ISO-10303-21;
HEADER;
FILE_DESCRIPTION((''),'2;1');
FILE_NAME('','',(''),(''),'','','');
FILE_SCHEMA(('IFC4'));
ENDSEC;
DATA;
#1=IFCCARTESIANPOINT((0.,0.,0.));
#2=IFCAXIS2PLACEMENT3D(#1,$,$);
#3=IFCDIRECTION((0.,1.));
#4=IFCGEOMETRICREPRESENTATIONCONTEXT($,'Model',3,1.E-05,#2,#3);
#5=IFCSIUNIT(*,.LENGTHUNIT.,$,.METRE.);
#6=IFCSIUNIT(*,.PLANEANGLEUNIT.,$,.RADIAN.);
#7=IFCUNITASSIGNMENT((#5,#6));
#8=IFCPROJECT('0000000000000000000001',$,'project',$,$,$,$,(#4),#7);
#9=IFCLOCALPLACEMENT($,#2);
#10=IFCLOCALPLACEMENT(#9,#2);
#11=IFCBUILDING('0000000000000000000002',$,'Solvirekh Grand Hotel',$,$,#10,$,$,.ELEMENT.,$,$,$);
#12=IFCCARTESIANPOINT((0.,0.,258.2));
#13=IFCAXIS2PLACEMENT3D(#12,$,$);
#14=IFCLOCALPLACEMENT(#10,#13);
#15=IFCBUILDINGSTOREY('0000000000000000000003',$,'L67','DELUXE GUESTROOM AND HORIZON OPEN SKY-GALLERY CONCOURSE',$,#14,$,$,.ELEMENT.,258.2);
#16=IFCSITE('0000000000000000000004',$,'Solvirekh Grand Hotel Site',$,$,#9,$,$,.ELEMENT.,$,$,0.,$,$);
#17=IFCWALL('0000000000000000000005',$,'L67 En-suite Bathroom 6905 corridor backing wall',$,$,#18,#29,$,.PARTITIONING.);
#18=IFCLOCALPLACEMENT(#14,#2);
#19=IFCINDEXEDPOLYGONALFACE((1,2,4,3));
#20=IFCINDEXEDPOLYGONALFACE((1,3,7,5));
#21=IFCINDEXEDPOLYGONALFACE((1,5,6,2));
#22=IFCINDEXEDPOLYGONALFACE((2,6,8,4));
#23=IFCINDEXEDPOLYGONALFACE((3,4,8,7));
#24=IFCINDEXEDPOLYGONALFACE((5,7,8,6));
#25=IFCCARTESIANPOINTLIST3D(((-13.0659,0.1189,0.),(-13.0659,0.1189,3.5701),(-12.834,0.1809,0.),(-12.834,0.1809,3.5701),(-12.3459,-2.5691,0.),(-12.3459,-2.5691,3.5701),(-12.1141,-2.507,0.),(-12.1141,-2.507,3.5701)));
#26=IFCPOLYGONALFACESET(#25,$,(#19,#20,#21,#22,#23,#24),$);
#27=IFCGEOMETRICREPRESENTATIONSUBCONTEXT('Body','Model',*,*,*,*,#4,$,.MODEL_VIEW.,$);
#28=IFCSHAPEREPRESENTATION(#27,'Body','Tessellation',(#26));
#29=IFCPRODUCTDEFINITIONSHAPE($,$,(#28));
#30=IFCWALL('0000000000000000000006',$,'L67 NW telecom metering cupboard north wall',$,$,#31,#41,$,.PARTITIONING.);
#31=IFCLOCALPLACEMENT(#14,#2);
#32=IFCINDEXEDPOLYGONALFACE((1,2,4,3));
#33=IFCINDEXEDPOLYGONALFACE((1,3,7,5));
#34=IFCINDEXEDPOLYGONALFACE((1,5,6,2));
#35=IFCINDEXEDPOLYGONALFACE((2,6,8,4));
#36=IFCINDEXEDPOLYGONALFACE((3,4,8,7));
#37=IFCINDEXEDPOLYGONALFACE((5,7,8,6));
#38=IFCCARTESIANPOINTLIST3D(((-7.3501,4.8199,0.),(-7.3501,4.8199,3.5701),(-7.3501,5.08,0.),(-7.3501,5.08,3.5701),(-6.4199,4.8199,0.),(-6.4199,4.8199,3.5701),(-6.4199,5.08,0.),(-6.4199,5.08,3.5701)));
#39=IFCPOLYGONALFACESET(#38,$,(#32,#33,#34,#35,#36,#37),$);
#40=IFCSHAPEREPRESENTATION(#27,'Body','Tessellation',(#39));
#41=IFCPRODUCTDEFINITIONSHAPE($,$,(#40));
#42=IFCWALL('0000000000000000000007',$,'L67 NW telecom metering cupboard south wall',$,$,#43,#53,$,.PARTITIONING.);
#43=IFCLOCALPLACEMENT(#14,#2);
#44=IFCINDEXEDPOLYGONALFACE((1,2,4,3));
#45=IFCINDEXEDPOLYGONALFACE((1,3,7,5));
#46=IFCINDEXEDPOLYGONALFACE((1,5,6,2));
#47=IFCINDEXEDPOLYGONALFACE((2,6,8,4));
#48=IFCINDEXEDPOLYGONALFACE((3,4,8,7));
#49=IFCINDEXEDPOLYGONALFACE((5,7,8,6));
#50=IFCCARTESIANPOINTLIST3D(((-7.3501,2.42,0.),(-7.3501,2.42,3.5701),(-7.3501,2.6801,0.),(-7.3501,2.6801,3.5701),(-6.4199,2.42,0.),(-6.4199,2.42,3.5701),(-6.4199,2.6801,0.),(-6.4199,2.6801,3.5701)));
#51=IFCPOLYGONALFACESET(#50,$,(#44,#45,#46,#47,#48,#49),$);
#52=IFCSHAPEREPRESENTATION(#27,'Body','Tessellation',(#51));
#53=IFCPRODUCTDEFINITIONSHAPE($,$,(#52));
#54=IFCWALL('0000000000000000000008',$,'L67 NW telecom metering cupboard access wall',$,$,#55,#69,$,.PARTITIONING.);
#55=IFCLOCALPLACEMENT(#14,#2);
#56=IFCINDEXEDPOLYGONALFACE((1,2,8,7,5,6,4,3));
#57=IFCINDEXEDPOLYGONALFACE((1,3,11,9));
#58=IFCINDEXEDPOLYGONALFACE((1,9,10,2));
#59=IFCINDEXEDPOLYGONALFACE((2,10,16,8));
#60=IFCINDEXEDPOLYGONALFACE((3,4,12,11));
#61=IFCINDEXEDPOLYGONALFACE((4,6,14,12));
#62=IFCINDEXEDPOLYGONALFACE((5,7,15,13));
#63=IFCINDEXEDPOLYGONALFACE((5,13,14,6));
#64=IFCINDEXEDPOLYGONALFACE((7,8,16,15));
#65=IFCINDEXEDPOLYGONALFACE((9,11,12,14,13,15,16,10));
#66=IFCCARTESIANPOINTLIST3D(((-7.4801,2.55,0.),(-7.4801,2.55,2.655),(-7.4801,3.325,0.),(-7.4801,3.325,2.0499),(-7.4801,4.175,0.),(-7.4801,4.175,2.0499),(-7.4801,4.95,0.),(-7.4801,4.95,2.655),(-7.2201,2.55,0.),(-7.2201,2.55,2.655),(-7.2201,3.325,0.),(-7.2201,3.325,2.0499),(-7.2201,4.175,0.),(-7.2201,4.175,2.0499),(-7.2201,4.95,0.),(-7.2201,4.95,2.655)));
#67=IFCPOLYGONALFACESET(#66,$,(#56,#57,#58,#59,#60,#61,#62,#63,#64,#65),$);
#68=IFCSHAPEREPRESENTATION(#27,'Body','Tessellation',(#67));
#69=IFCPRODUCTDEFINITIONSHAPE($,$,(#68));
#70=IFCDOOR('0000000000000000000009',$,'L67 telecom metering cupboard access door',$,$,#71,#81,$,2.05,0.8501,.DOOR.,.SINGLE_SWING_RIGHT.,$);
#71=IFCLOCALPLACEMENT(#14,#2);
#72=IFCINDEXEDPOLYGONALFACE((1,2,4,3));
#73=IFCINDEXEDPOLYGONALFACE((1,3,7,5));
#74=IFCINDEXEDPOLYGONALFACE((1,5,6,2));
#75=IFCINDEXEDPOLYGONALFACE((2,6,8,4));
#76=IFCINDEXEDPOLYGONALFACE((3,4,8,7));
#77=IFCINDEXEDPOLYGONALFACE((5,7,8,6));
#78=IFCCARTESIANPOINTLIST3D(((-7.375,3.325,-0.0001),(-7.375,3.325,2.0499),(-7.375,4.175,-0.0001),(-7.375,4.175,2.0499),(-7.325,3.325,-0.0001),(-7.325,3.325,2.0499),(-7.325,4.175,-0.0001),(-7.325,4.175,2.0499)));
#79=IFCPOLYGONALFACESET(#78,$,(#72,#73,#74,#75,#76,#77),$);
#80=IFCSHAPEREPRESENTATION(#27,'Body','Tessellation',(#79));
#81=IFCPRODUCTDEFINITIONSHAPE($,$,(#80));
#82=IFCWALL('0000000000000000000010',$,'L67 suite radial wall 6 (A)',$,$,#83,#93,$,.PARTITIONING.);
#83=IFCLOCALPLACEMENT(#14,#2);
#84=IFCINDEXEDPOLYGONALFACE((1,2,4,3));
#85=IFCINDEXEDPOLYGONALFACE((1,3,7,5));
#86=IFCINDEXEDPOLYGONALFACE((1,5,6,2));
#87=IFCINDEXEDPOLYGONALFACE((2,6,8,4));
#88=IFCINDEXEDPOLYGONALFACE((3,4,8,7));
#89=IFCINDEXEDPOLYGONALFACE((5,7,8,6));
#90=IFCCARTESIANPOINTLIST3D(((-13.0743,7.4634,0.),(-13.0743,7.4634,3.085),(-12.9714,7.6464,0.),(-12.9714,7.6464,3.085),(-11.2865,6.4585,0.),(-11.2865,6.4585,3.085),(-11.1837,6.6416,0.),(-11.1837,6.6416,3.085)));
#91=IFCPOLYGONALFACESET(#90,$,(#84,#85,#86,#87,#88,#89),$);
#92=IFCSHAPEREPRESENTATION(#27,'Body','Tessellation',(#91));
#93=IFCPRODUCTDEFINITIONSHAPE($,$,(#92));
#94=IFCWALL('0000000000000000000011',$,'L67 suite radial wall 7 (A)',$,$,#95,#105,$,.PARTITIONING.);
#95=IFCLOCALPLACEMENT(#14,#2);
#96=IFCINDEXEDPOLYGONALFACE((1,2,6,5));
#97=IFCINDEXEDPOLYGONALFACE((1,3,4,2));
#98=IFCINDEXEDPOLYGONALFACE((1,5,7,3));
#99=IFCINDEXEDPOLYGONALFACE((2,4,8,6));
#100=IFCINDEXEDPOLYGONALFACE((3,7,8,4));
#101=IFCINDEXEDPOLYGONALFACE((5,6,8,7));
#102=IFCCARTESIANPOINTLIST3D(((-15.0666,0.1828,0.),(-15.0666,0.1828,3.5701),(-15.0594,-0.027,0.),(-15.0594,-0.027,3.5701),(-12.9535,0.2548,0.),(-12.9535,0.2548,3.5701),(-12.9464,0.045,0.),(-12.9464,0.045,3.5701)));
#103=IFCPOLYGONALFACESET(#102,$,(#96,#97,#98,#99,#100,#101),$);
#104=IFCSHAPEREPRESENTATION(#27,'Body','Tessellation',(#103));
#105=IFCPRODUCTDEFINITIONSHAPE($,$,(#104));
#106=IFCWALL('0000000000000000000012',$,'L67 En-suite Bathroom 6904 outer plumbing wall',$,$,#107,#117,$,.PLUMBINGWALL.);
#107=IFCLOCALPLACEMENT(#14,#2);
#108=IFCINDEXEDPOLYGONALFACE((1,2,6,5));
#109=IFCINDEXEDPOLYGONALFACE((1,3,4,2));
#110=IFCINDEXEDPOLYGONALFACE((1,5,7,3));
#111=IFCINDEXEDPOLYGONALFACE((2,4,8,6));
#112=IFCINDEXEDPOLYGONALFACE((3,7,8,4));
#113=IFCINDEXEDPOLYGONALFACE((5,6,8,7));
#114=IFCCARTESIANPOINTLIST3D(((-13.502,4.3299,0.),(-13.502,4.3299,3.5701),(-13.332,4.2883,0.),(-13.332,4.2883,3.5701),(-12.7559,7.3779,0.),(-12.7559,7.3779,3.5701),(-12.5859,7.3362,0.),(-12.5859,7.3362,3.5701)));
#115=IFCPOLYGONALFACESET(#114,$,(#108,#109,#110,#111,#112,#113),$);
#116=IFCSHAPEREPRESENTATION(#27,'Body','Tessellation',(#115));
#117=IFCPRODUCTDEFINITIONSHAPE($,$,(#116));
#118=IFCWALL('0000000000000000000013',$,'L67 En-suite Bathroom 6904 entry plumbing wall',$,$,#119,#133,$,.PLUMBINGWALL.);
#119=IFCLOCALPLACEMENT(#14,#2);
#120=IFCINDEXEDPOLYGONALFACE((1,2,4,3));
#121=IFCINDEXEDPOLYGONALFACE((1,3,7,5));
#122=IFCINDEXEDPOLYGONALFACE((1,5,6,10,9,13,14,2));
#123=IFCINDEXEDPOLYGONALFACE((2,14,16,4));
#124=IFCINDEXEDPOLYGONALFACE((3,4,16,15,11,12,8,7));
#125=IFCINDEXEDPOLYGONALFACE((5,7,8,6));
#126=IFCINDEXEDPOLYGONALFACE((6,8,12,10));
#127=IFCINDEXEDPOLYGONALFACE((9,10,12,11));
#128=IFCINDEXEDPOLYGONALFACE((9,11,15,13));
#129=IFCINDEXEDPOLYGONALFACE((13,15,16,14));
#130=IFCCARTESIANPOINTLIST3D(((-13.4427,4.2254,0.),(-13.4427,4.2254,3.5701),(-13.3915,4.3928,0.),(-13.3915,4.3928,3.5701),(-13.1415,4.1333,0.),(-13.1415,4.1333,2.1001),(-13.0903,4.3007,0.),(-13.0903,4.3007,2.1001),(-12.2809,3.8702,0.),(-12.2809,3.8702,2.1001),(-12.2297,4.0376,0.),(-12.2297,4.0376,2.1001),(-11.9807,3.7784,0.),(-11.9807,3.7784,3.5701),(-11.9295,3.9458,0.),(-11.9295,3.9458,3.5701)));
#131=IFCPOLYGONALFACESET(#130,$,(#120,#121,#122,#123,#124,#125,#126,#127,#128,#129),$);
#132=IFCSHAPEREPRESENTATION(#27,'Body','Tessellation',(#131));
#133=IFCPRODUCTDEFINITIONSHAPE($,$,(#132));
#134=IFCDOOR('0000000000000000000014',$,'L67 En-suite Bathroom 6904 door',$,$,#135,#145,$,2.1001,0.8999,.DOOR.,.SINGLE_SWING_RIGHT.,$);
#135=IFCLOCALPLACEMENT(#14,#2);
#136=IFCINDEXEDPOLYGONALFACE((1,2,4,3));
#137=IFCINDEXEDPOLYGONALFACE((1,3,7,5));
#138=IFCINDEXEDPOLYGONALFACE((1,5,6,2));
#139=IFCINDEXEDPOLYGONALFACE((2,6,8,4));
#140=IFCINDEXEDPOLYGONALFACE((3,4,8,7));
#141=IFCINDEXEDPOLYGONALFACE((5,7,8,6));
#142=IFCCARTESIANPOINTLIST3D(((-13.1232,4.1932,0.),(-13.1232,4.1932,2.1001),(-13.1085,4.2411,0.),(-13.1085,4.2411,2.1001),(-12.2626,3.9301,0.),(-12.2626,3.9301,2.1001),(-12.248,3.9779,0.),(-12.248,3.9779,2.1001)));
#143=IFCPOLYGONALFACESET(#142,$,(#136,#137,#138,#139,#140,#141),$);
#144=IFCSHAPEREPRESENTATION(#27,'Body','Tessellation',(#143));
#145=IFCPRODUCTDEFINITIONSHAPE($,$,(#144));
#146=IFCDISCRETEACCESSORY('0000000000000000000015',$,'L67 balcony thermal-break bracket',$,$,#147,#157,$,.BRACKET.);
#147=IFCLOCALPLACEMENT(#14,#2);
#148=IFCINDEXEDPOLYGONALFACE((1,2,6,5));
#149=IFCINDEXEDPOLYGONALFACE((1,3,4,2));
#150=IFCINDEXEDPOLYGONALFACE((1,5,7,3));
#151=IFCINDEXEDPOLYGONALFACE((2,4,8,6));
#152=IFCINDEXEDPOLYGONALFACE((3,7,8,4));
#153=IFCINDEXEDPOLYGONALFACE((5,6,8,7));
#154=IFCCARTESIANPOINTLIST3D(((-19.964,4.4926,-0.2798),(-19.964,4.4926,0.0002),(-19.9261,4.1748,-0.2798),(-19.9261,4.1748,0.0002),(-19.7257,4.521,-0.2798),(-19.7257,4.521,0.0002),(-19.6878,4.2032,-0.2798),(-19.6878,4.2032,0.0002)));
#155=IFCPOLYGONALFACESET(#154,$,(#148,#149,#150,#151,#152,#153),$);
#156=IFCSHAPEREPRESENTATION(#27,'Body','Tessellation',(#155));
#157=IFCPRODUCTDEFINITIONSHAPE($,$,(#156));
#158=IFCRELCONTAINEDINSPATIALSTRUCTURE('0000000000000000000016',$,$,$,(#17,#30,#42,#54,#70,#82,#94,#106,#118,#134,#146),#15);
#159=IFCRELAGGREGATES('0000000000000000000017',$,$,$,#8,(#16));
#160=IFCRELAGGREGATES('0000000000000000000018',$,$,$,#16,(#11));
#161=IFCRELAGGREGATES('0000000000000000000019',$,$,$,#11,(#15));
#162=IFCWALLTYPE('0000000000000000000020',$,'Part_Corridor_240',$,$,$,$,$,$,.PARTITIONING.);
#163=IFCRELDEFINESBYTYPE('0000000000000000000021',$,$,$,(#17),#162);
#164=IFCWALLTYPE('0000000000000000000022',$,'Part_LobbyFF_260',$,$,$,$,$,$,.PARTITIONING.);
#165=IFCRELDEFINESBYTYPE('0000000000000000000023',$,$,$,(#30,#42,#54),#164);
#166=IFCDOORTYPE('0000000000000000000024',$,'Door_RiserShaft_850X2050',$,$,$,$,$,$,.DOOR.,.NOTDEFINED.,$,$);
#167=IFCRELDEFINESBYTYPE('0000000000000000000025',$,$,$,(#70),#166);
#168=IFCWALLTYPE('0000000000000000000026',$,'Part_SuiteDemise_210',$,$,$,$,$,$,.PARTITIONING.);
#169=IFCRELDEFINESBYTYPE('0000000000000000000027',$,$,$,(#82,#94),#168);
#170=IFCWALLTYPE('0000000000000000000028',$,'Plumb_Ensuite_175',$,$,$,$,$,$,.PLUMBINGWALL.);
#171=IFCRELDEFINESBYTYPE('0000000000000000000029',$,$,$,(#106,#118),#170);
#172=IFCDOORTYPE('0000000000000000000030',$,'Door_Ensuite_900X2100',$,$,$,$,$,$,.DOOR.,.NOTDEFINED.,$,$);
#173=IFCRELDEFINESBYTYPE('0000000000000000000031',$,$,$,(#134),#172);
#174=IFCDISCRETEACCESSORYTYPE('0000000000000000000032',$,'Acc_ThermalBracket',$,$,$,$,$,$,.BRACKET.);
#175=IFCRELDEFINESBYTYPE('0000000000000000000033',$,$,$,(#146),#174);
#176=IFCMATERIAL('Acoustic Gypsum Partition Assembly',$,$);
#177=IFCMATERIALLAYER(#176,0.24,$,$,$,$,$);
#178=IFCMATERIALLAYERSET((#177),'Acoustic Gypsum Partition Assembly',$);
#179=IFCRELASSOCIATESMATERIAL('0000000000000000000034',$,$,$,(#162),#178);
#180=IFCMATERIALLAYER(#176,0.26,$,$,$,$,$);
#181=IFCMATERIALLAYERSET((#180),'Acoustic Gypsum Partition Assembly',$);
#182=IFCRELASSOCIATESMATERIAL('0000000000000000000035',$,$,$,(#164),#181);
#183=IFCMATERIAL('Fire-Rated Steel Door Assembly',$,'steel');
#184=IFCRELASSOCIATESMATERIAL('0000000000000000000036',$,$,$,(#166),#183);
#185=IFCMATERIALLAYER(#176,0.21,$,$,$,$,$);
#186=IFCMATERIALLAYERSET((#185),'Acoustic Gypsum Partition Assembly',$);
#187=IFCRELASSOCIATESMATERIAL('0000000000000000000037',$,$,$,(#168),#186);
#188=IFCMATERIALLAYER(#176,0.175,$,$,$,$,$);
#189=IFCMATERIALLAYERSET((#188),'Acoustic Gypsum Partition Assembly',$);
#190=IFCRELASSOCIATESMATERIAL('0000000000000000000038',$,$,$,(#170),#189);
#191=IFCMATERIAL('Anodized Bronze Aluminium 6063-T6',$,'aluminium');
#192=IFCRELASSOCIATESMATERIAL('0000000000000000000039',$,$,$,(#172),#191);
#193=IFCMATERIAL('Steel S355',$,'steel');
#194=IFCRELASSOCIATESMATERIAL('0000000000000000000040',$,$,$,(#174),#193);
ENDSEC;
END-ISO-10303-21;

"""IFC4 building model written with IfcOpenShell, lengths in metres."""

from ifc_helpers import new_model, si_unit, direction, frame, frame_2d, origin, origin_2d, place, context, subcontext, project, spatial, rectangle, extrude, material, layer, layer_set, type_object, element, fill, save


model = new_model("IFC4")

# Units and contexts
model_context = context("Model", 3, precision=1e-05, world=origin(), true_north=direction((0.0, 1.0)))
body_context = subcontext(model_context, "Body", "Model", "MODEL_VIEW")
ifc_project = project(units=[si_unit("LENGTHUNIT", "METRE"), si_unit("PLANEANGLEUNIT", "RADIAN")], contexts=[model_context])

# Site, building, storey
site_placement = place(None, origin())
site = spatial("IfcSite", under=ifc_project, at=site_placement, Name="Solvirekh Grand Hotel Site", CompositionType="ELEMENT", RefElevation=0.0)
building_placement = place(site_placement, origin())
building = spatial("IfcBuilding", under=site, at=building_placement, Name="Solvirekh Grand Hotel", CompositionType="ELEMENT")
storey_placement = place(building_placement, frame((0.0, 0.0, 258.2)))
storey = spatial("IfcBuildingStorey", under=building, at=storey_placement, Name="L67", Description="DELUXE GUESTROOM AND HORIZON OPEN SKY-GALLERY CONCOURSE", CompositionType="ELEMENT", Elevation=258.2)

# Shared definitions
ifc_material_1 = material(Name="Steel S355", Category="steel")

# Shared definitions
ifc_material_2 = material(Name="Acoustic Gypsum Partition Assembly")
ifc_layer_1 = layer(ifc_material_2, 0.24)
ifc_layer_set_1 = layer_set([ifc_layer_1], Name="Acoustic Gypsum Partition Assembly")
wall_type_1 = type_object("IfcWallType", Name="Part_Corridor_240", PredefinedType="PARTITIONING", material=ifc_layer_set_1)

# Shared definitions
ifc_material_3 = material(Name="Fire-Rated Steel Door Assembly", Category="steel")

# Walls
wall_1_placement = place(storey_placement, frame((-12.95, 0.1499, 0.0), z_axis=(0.0, 0.0, 1.0), x_axis=(0.258727, -0.96595, 0.0)))
element("IfcWall", 1, at=wall_1_placement, inside=storey, type_object=wall_type_1, Name="L67 En-suite Bathroom 6905 corridor backing wall", PredefinedType="PARTITIONING", context=body_context, shape_type="SweptSolid", body=[
    extrude(rectangle(XDim=2.7827, YDim=0.24, at=frame_2d((1.3914, 0.0))), origin(), (0.0, 0.0, 1.0), 3.5701),
])
ifc_layer_2 = layer(ifc_material_2, 0.26)
ifc_layer_set_2 = layer_set([ifc_layer_2], Name="Acoustic Gypsum Partition Assembly")
wall_type_2 = type_object("IfcWallType", Name="Part_LobbyFF_260", PredefinedType="PARTITIONING", material=ifc_layer_set_2)
for number, where, z_axis, x_axis, name in (
    (2, (-7.3501, 4.95, 0.0), (0.0, 0.0, 1.0), (1.0, 0.0, 0.0), "L67 NW telecom metering cupboard north wall"),
    (3, (-7.3501, 2.55, 0.0), (0.0, 0.0, 1.0), (1.0, 0.0, 0.0), "L67 NW telecom metering cupboard south wall"),
):
    element("IfcWall", number, at=place(storey_placement, frame(where, z_axis=z_axis, x_axis=x_axis)), inside=storey, type_object=wall_type_2, Name=name, PredefinedType="PARTITIONING", context=body_context, shape_type="SweptSolid", body=[
        extrude(rectangle(XDim=0.9302, YDim=0.26, at=frame_2d((0.4651, 0.0))), origin(), (0.0, 0.0, 1.0), 3.5701),
    ])

# Wall, opening, door
wall_2_placement = place(storey_placement, frame((-7.3501, 2.55, 0.0), z_axis=(0.0, 0.0, 1.0), x_axis=(0.0, 1.0, 0.0)))
wall_2 = element("IfcWall", 4, at=wall_2_placement, inside=storey, type_object=wall_type_2, Name="L67 NW telecom metering cupboard access wall", PredefinedType="PARTITIONING", context=body_context, shape_type="SweptSolid", body=[
    extrude(rectangle(XDim=2.3999, YDim=0.26, at=frame_2d((1.2, 0.0))), origin(), (0.0, 0.0, 1.0), 2.655),
])
opening_1_placement = place(wall_2_placement, frame((0.7749, 0.0, 0.0)))
opening_1 = element("IfcOpeningElement", 5, at=opening_1_placement, cuts=wall_2, PredefinedType="OPENING", context=body_context, shape_type="SweptSolid", body=[
    extrude(rectangle(XDim=0.8501, YDim=2.05, at=frame_2d((0.425, 1.0249))), frame((0.0, 0.1401, 0.0), z_axis=(0.0, -1.0, 0.0), x_axis=(1.0, 0.0, 0.0)), (0.0, 0.0, 1.0), 0.28),
])
door_type_1 = type_object("IfcDoorType", Name="Door_RiserShaft_850X2050", OperationType="NOTDEFINED", PredefinedType="DOOR", material=ifc_material_3)
door_1_placement = place(opening_1_placement, origin())
door_1 = element("IfcDoor", 6, at=door_1_placement, inside=storey, type_object=door_type_1, Name="L67 telecom metering cupboard access door", OperationType="SINGLE_SWING_RIGHT", OverallHeight=2.05, OverallWidth=0.8501, PredefinedType="DOOR", context=body_context, shape_type="SweptSolid", body=[
    extrude(rectangle(XDim=0.8501, YDim=2.05, at=frame_2d((0.425, 1.0249))), frame((0.0, 0.0249, 0.0), z_axis=(0.0, -1.0, 0.0), x_axis=(1.0, 0.0, 0.0)), (0.0, 0.0, 1.0), 0.05),
])
fill(opening_1, door_1)

# Walls
ifc_layer_3 = layer(ifc_material_2, 0.21)
ifc_layer_set_3 = layer_set([ifc_layer_3], Name="Acoustic Gypsum Partition Assembly")
wall_type_3 = type_object("IfcWallType", Name="Part_SuiteDemise_210", PredefinedType="PARTITIONING", material=ifc_layer_set_3)
wall_3_placement = place(storey_placement, frame((-11.2351, 6.55, 0.0), z_axis=(0.0, 0.0, 1.0), x_axis=(-0.871738, 0.489973, 0.0)))
element("IfcWall", 7, at=wall_3_placement, inside=storey, type_object=wall_type_3, Name="L67 suite radial wall 6 (A)", PredefinedType="PARTITIONING", context=body_context, shape_type="SweptSolid", body=[
    extrude(rectangle(XDim=2.0508, YDim=0.21, at=frame_2d((1.0254, 0.0))), origin(), (0.0, 0.0, 1.0), 3.085),
])
wall_4_placement = place(storey_placement, frame((-12.95, 0.1499, 0.0), z_axis=(0.0, 0.0, 1.0), x_axis=(-0.99942, -0.034065, 0.0)))
element("IfcWall", 8, at=wall_4_placement, inside=storey, type_object=wall_type_3, Name="L67 suite radial wall 7 (A)", PredefinedType="PARTITIONING", context=body_context, shape_type="SweptSolid", body=[
    extrude(rectangle(XDim=2.1143, YDim=0.21, at=frame_2d((1.0571, 0.0))), origin(), (0.0, 0.0, 1.0), 3.5701),
])
ifc_layer_4 = layer(ifc_material_2, 0.175)
ifc_layer_set_4 = layer_set([ifc_layer_4], Name="Acoustic Gypsum Partition Assembly")
wall_type_4 = type_object("IfcWallType", Name="Plumb_Ensuite_175", PredefinedType="PLUMBINGWALL", material=ifc_layer_set_4)
wall_5_placement = place(storey_placement, frame((-12.6709, 7.3569, 0.0), z_axis=(0.0, 0.0, 1.0), x_axis=(-0.237773, -0.971321, 0.0)))
element("IfcWall", 9, at=wall_5_placement, inside=storey, type_object=wall_type_4, Name="L67 En-suite Bathroom 6904 outer plumbing wall", PredefinedType="PLUMBINGWALL", context=body_context, shape_type="SweptSolid", body=[
    extrude(rectangle(XDim=3.1379, YDim=0.175, at=frame_2d((1.5688, 0.0))), origin(), (0.0, 0.0, 1.0), 3.5701),
])

# Wall, opening, door
wall_6_placement = place(storey_placement, frame((-11.9551, 3.8621, 0.0), z_axis=(0.0, 0.0, 1.0), x_axis=(-0.956292, 0.292413, 0.0)))
wall_6 = element("IfcWall", 10, at=wall_6_placement, inside=storey, type_object=wall_type_4, Name="L67 En-suite Bathroom 6904 entry plumbing wall", PredefinedType="PLUMBINGWALL", context=body_context, shape_type="SweptSolid", body=[
    extrude(rectangle(XDim=1.5288, YDim=0.175, at=frame_2d((0.7644, 0.0))), origin(), (0.0, 0.0, 1.0), 3.5701),
])
opening_2_placement = place(wall_6_placement, frame((0.314, 0.0, 0.0)))
opening_2 = element("IfcOpeningElement", 11, at=opening_2_placement, cuts=wall_6, PredefinedType="OPENING", context=body_context, shape_type="SweptSolid", body=[
    extrude(rectangle(XDim=0.8999, YDim=2.1001, at=frame_2d((0.45, 1.05))), frame((0.0, 0.0977, 0.0), z_axis=(0.0, -1.0, 0.0), x_axis=(1.0, 0.0, 0.0)), (0.0, 0.0, 1.0), 0.1951),
])
ifc_material_4 = material(Name="Anodized Bronze Aluminium 6063-T6", Category="aluminium")
door_type_2 = type_object("IfcDoorType", Name="Door_Ensuite_900X2100", OperationType="NOTDEFINED", PredefinedType="DOOR", material=ifc_material_4)
door_2_placement = place(opening_2_placement, origin())
door_2 = element("IfcDoor", 12, at=door_2_placement, inside=storey, type_object=door_type_2, Name="L67 En-suite Bathroom 6904 door", OperationType="SINGLE_SWING_RIGHT", OverallHeight=2.1001, OverallWidth=0.8999, PredefinedType="DOOR", context=body_context, shape_type="SweptSolid", body=[
    extrude(rectangle(XDim=0.8999, YDim=2.1001, at=frame_2d((0.45, 1.05))), frame((0.0, 0.0249, 0.0), z_axis=(0.0, -1.0, 0.0), x_axis=(1.0, 0.0, 0.0)), (0.0, 0.0, 1.0), 0.05),
])
fill(opening_2, door_2)

# Discrete accessory
discrete_accessory_type = type_object("IfcDiscreteAccessoryType", Name="Acc_ThermalBracket", PredefinedType="BRACKET", material=ifc_material_1)
discrete_accessory_placement = place(storey_placement, frame((-19.8259, 4.3479, -0.2798), z_axis=(0.0, 0.0, 1.0), x_axis=(0.118404, -0.992966, 0.0)))
element("IfcDiscreteAccessory", 13, at=discrete_accessory_placement, inside=storey, type_object=discrete_accessory_type, Name="L67 balcony thermal-break bracket", PredefinedType="BRACKET", context=body_context, shape_type="SweptSolid", body=[
    extrude(rectangle(XDim=0.3201, YDim=0.24, at=origin_2d()), origin(), (0.0, 0.0, 1.0), 0.28),
])

save(model, "model.ifc")
